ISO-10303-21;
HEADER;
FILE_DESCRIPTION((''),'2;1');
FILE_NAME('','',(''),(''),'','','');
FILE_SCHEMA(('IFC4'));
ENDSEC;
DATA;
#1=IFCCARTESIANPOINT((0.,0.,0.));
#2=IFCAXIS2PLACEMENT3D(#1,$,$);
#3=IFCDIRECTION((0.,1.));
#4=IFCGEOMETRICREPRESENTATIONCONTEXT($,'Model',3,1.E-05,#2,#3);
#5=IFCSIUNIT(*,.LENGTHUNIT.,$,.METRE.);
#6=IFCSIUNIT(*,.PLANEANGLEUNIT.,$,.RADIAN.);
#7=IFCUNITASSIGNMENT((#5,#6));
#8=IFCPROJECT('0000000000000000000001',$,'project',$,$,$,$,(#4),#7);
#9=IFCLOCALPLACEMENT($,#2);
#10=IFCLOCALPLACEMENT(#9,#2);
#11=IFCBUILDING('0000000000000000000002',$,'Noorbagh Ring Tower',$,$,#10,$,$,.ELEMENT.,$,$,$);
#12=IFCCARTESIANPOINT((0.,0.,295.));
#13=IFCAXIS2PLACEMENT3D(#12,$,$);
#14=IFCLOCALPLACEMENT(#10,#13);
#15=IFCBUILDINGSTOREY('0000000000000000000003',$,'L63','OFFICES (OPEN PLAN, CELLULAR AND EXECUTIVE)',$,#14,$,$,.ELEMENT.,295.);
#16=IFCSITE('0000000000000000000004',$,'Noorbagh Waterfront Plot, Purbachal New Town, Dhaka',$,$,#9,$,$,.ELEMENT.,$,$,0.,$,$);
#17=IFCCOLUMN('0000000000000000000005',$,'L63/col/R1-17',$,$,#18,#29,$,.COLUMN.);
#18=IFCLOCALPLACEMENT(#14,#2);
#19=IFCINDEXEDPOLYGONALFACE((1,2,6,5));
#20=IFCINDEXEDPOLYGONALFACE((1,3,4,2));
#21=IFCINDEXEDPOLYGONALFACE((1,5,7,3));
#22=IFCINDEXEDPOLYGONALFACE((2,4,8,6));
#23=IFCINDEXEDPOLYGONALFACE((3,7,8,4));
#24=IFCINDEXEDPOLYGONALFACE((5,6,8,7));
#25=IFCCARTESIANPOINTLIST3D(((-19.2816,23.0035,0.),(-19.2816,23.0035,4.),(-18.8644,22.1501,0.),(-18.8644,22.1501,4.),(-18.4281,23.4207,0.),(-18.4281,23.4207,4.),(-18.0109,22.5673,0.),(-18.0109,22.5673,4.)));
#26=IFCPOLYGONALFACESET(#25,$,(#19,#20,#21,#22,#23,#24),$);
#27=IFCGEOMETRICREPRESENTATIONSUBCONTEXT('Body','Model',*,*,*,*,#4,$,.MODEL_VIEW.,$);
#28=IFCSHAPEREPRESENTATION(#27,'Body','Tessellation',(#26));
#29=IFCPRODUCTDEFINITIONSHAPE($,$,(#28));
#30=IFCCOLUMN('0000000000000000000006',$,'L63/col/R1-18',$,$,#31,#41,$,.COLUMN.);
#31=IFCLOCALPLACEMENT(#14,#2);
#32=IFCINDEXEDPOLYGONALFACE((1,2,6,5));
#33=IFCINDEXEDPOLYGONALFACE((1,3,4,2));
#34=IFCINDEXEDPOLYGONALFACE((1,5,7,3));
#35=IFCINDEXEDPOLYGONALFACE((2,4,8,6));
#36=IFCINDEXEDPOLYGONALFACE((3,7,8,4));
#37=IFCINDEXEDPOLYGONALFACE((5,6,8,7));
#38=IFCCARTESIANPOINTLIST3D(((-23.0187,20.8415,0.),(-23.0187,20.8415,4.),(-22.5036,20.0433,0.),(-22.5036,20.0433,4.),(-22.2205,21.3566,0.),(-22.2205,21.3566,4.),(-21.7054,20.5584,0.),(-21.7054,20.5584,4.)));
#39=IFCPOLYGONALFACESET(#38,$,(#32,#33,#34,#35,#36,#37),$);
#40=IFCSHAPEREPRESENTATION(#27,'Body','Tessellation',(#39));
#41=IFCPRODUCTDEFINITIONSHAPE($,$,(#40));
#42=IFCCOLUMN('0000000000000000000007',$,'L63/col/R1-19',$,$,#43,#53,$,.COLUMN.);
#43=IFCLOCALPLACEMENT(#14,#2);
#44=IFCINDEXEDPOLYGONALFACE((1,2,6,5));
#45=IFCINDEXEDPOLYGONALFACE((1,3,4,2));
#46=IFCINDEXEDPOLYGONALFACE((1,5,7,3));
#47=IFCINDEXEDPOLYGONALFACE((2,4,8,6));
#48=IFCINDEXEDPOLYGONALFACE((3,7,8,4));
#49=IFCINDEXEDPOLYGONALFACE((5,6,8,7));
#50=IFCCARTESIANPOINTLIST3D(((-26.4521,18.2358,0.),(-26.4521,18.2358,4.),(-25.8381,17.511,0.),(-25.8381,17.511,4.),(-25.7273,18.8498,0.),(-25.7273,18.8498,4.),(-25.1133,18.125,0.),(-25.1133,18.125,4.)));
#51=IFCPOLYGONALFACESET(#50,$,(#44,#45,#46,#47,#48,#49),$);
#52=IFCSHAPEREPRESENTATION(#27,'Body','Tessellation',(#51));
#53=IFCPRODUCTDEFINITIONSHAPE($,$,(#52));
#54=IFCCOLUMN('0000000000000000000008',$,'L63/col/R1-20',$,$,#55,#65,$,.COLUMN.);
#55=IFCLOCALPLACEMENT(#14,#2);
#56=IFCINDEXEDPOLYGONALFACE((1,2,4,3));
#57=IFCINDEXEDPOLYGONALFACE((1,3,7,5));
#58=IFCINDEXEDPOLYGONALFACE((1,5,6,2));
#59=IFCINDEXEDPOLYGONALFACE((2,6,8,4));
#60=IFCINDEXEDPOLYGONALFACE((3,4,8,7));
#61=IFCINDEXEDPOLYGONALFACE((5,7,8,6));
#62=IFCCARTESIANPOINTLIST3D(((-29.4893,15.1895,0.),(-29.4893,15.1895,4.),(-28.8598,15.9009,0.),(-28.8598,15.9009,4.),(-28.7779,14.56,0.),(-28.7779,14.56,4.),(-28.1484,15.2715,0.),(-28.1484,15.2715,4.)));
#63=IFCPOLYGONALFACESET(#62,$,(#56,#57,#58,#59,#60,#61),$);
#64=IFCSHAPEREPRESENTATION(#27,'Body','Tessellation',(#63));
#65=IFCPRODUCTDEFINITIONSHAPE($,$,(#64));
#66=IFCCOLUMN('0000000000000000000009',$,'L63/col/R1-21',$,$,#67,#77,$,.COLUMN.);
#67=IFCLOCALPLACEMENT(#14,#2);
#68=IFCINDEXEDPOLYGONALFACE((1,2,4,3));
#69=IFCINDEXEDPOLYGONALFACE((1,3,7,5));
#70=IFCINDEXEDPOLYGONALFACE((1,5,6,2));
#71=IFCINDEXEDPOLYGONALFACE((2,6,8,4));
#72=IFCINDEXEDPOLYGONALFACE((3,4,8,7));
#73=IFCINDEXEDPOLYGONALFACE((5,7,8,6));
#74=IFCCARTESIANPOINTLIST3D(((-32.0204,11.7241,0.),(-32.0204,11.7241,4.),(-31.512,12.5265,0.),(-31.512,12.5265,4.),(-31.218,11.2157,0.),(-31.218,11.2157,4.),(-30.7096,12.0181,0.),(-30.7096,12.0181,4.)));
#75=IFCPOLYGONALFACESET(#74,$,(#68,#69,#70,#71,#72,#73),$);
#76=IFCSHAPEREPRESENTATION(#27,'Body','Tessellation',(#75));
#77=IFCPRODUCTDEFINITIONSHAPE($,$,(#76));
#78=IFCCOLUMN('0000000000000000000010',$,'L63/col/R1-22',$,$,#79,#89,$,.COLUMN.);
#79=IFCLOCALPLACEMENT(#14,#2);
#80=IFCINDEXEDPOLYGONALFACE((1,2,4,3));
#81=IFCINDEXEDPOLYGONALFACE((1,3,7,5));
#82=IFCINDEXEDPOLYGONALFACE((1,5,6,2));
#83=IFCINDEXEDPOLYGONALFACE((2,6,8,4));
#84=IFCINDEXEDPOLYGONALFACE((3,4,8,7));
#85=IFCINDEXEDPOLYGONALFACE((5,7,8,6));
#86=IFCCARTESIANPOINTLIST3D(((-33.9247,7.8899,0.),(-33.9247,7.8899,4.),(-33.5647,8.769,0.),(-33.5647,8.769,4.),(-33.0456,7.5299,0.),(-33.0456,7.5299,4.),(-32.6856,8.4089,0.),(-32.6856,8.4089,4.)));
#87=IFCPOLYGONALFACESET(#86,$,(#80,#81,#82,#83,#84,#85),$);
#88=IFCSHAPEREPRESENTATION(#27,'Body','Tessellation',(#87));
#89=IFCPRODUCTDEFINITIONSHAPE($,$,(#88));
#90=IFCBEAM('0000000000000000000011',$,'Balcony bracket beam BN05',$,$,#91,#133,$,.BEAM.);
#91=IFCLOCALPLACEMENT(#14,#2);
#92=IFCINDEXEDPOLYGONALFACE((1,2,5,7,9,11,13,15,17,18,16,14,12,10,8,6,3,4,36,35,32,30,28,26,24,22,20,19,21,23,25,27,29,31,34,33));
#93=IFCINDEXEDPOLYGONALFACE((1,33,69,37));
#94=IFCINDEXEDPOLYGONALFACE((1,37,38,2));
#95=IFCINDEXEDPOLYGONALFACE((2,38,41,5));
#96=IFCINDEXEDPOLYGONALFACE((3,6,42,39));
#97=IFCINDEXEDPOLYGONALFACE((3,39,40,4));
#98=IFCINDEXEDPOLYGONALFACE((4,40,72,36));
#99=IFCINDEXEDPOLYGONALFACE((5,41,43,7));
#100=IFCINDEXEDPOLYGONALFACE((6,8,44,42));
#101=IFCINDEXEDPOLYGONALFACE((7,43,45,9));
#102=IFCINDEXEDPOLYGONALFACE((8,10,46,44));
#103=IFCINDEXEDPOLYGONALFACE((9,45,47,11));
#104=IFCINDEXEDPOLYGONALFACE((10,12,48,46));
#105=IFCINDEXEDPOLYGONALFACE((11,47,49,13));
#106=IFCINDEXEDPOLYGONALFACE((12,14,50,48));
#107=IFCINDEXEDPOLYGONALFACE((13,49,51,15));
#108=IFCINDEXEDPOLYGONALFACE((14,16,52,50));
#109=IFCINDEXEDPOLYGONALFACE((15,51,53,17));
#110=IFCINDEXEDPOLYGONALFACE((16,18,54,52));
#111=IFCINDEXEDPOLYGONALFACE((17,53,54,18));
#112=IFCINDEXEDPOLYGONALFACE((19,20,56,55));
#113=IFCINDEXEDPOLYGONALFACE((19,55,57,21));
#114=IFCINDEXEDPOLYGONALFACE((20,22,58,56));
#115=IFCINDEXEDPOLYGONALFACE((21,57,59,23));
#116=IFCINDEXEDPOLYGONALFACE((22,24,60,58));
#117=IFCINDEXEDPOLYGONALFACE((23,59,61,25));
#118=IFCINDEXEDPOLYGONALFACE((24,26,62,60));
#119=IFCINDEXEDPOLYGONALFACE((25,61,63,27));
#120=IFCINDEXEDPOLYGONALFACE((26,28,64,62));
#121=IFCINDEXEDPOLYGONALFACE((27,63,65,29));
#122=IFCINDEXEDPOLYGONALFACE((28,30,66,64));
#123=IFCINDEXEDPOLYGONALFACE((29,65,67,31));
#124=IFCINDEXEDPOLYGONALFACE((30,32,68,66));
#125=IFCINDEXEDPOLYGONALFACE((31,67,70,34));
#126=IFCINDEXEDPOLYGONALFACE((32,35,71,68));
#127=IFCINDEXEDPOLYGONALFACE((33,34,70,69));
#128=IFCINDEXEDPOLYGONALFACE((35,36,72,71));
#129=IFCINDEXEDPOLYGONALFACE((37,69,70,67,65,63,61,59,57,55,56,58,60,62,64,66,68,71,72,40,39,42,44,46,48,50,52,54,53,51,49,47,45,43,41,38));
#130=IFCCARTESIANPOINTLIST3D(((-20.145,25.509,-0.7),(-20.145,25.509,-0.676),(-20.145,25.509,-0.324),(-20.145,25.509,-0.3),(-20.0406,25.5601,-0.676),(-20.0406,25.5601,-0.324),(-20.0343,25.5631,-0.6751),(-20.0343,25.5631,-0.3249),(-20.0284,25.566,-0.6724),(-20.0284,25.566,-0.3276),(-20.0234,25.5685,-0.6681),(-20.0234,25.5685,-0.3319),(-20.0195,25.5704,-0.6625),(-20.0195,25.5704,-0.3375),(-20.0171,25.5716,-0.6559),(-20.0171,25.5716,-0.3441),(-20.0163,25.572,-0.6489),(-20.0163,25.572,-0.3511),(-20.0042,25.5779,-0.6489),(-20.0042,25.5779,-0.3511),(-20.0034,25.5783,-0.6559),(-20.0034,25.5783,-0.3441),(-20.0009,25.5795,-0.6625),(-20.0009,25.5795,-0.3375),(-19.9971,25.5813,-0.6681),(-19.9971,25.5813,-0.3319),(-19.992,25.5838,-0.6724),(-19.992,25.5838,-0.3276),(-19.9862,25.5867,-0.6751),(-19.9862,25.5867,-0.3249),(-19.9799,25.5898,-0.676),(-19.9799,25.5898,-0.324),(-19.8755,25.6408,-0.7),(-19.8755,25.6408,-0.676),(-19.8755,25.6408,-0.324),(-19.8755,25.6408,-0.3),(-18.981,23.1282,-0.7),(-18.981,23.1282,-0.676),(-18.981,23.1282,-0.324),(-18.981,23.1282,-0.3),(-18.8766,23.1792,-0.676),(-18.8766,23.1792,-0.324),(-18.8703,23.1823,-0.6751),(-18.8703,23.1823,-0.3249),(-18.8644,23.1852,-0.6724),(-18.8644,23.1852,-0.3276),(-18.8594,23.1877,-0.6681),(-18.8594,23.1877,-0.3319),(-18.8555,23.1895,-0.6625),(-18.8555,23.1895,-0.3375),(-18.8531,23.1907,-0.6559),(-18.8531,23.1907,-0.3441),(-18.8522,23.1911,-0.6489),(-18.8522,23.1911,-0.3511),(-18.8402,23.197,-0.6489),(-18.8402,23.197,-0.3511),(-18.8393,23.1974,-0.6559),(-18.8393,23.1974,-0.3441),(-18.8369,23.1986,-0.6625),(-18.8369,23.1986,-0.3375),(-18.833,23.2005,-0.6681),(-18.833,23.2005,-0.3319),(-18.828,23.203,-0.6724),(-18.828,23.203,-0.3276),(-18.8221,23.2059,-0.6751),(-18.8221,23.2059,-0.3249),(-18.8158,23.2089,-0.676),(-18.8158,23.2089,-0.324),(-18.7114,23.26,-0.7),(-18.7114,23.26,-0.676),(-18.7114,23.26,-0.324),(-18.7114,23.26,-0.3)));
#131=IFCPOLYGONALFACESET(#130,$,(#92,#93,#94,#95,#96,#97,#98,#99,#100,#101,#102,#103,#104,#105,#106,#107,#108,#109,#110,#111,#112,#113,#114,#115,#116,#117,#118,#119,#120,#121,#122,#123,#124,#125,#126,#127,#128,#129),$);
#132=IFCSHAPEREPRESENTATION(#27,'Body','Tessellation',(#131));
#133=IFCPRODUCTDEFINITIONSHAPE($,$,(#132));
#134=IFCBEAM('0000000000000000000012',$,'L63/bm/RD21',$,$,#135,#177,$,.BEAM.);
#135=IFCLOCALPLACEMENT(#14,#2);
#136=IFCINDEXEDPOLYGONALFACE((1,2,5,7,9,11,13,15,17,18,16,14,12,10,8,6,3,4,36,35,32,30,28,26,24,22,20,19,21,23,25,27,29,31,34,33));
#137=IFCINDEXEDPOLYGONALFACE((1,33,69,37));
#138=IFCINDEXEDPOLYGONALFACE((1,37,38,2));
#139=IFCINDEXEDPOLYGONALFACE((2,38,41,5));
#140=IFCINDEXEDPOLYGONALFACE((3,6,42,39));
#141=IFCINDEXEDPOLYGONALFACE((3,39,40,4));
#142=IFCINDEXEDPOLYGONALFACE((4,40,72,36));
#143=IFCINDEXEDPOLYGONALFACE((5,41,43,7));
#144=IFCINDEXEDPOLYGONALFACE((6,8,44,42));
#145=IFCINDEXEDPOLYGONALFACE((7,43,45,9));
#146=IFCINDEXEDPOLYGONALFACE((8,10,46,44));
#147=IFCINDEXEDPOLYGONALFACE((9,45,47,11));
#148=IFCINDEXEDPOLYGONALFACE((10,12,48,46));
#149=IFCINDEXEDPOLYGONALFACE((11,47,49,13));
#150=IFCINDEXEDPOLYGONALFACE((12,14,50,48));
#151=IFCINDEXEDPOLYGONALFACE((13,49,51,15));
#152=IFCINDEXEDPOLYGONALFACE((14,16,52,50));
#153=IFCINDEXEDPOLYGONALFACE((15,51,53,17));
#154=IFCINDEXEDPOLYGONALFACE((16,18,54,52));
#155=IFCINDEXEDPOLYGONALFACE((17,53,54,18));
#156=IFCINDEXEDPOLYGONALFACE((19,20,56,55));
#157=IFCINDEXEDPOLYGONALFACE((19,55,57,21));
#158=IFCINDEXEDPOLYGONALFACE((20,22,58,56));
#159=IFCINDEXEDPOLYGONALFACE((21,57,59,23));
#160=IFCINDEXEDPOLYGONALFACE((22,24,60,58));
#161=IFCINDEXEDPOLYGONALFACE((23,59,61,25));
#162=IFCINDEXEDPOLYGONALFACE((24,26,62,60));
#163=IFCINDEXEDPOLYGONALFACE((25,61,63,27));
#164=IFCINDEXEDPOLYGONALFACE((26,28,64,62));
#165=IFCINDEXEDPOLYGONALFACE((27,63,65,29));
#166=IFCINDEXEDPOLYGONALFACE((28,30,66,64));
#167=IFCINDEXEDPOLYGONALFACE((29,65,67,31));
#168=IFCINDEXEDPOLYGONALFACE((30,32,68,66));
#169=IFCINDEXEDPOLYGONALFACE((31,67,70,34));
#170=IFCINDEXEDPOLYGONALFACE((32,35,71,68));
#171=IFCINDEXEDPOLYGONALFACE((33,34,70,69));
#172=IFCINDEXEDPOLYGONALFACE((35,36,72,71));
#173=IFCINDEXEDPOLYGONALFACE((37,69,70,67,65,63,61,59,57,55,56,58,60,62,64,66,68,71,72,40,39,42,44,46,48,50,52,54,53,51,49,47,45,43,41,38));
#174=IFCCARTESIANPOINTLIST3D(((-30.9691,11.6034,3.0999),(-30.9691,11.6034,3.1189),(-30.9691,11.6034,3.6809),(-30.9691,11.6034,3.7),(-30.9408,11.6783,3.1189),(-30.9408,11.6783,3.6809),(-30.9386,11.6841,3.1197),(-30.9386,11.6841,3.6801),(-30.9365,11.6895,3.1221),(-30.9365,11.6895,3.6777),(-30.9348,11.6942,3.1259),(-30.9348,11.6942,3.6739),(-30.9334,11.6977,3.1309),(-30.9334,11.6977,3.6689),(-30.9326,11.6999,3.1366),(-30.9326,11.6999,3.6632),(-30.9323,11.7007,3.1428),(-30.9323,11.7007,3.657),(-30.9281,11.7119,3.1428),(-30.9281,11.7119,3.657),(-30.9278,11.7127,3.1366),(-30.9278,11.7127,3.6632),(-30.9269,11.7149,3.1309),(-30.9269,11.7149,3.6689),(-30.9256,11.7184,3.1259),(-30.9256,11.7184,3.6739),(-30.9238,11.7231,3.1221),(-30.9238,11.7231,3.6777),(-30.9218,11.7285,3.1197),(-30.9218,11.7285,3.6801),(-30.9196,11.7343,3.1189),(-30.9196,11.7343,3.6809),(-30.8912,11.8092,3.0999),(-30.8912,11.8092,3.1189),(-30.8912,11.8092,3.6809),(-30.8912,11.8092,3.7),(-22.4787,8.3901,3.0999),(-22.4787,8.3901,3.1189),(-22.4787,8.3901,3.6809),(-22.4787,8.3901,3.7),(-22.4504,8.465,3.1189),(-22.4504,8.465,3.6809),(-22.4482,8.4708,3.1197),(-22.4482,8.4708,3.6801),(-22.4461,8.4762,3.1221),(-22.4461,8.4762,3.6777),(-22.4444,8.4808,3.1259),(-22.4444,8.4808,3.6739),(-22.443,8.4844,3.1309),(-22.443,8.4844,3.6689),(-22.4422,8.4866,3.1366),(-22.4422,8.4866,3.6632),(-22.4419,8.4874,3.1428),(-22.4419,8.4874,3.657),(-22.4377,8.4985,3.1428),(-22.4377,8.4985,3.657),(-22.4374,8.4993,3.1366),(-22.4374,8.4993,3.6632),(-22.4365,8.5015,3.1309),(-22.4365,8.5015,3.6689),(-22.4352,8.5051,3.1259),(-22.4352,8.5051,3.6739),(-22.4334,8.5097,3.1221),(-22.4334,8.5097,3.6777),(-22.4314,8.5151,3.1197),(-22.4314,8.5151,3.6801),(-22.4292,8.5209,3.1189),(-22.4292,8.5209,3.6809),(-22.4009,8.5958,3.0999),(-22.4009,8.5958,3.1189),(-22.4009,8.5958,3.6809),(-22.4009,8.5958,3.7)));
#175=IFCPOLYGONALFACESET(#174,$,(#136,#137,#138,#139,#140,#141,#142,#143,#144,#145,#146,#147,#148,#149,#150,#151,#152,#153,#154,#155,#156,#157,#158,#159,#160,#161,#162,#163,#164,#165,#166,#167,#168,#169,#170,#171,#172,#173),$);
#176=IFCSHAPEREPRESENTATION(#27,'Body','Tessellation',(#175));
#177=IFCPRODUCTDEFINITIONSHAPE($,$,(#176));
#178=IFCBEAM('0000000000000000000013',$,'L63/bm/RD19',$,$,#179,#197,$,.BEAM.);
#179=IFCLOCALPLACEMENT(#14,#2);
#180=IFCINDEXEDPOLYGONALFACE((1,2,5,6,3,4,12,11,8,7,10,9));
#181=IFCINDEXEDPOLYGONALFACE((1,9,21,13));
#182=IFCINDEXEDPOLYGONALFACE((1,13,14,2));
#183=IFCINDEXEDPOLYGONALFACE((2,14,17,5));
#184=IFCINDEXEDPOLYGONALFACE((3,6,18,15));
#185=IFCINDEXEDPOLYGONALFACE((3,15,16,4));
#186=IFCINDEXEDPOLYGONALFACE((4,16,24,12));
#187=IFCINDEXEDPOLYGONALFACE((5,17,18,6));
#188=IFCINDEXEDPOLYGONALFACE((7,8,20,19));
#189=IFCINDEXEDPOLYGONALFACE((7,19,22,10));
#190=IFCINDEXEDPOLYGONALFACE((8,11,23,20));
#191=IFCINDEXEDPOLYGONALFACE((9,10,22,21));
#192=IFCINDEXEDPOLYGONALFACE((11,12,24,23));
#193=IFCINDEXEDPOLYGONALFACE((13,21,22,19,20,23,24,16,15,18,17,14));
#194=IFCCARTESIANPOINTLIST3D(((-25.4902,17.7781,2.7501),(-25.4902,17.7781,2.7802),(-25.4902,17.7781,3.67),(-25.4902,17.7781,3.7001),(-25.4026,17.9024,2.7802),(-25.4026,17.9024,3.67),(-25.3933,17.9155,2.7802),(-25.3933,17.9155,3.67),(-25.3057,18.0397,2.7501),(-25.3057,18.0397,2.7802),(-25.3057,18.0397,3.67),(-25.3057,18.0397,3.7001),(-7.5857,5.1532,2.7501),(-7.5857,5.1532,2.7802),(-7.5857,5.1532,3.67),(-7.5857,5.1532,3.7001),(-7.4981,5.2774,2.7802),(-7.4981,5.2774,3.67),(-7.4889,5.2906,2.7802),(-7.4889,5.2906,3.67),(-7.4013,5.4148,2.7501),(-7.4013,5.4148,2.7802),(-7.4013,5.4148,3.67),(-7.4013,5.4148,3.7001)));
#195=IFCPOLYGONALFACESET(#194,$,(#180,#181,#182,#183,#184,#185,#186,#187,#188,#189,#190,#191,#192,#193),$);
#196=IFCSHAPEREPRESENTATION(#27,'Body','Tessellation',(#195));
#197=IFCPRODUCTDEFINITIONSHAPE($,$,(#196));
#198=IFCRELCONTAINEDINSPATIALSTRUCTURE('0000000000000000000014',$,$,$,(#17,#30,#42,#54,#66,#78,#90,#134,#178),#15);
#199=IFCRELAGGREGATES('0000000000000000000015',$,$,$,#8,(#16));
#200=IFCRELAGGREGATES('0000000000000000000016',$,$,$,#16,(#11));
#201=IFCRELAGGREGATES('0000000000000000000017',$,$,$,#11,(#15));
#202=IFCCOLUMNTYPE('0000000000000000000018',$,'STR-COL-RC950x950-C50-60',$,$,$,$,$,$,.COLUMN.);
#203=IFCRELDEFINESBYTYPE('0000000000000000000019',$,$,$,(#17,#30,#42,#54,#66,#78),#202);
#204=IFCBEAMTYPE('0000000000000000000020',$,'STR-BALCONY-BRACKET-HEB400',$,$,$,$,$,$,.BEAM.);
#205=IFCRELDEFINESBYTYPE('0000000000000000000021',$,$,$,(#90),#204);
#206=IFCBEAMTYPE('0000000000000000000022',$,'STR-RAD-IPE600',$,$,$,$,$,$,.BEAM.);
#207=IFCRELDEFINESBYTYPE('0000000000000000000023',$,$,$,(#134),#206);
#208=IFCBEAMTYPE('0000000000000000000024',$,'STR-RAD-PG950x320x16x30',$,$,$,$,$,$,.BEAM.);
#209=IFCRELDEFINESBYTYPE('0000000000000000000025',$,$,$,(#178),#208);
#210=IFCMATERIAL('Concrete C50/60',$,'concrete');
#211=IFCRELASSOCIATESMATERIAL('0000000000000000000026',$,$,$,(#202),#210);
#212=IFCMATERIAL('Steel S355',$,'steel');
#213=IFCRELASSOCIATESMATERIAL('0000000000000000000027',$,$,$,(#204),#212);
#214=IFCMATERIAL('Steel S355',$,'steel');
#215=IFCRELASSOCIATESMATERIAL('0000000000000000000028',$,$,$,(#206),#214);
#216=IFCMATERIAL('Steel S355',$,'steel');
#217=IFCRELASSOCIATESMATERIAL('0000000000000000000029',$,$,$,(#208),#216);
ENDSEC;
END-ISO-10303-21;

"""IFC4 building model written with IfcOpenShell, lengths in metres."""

from ifc_helpers import new_model, si_unit, direction, frame, origin, origin_2d, place, context, subcontext, project, spatial, rectangle, i_section, extrude, material, material_profile, profile_set, type_object, element, save


model = new_model("IFC4")

# Units and contexts
model_context = context("Model", 3, precision=1e-05, world=origin(), true_north=direction((0.0, 1.0)))
body_context = subcontext(model_context, "Body", "Model", "MODEL_VIEW")
ifc_project = project(units=[si_unit("LENGTHUNIT", "METRE"), si_unit("PLANEANGLEUNIT", "RADIAN")], contexts=[model_context])

# Site, building, storey
site_placement = place(None, origin())
site = spatial("IfcSite", under=ifc_project, at=site_placement, Name="Noorbagh Waterfront Plot, Purbachal New Town, Dhaka", CompositionType="ELEMENT", RefElevation=0.0)
building_placement = place(site_placement, origin())
building = spatial("IfcBuilding", under=site, at=building_placement, Name="Noorbagh Ring Tower", CompositionType="ELEMENT")
storey_placement = place(building_placement, frame((0.0, 0.0, 295.0)))
storey = spatial("IfcBuildingStorey", under=building, at=storey_placement, Name="L63", Description="OFFICES (OPEN PLAN, CELLULAR AND EXECUTIVE)", CompositionType="ELEMENT", Elevation=295.0)

# Columns
ifc_material_1 = material(Name="Concrete C50/60", Category="concrete")
ifc_material_profile_1 = material_profile(ifc_material_1, rectangle(XDim=0.95, YDim=0.95, at=origin_2d()), Name="RC950x950")
ifc_profile_set_1 = profile_set([ifc_material_profile_1], Name="Concrete C50/60")
column_type = type_object("IfcColumnType", Name="STR-COL-RC950x950-C50-60", PredefinedType="COLUMN", material=ifc_profile_set_1)
for number, where, z_axis, x_axis, name in (
    (1, (-18.6462, 22.7854, 0.0), (0.0, 0.0, 1.0), (-0.898399, -0.43918, 0.0), "L63/col/R1-17"),
    (2, (-22.3621, 20.7, 0.0), (0.0, 0.0, 1.0), (-0.840248, -0.542203, 0.0), "L63/col/R1-18"),
    (3, (-25.7827, 18.1804, 0.0), (0.0, 0.0, 1.0), (-0.763035, -0.646357, 0.0), "L63/col/R1-19"),
    (4, (-28.8188, 15.2305, 0.0), (0.0, 0.0, 1.0), (-0.662636, -0.748942, 0.0), "L63/col/R1-20"),
    (5, (-31.365, 11.8711, 0.0), (0.0, 0.0, 1.0), (-0.53519, -0.844731, 0.0), "L63/col/R1-21"),
    (6, (-33.3052, 8.1494, 0.0), (0.0, 0.0, 1.0), (-0.378989, -0.925401, 0.0), "L63/col/R1-22"),
):
    element("IfcColumn", number, at=place(storey_placement, frame(where, z_axis=z_axis, x_axis=x_axis)), inside=storey, type_object=column_type, Name=name, PredefinedType="COLUMN", context=body_context, shape_type="SweptSolid", body=[
        extrude(rectangle(XDim=0.95, YDim=0.95, at=origin_2d()), origin(), (0.0, 0.0, 1.0), 4.0),
    ])

# Beams
ifc_material_2 = material(Name="Steel S355", Category="steel")
ifc_material_profile_2 = material_profile(ifc_material_2, i_section(OverallWidth=0.3, OverallDepth=0.3999, WebThickness=0.0134, FlangeThickness=0.0239, FilletRadius=0.0271, at=origin_2d()), Name="HEB400")
ifc_profile_set_2 = profile_set([ifc_material_profile_2], Name="Steel S355")
beam_type_1 = type_object("IfcBeamType", Name="STR-BALCONY-BRACKET-HEB400", PredefinedType="BEAM", material=ifc_profile_set_2)
beam_1_placement = place(storey_placement, frame((-18.8462, 23.1941, -0.5), z_axis=(-0.439237, 0.898371, 0.0), x_axis=(-0.898371, -0.439237, 0.0)))
element("IfcBeam", 7, at=beam_1_placement, inside=storey, type_object=beam_type_1, Name="Balcony bracket beam BN05", PredefinedType="BEAM", context=body_context, shape_type="SweptSolid", body=[
    extrude(i_section(OverallWidth=0.3, OverallDepth=0.3999, WebThickness=0.0134, FlangeThickness=0.0239, FilletRadius=0.0271, at=origin_2d()), origin(), (0.0, 0.0, 1.0), 2.6501),
])
ifc_material_3 = material(Name="Steel S355", Category="steel")
ifc_material_profile_3 = material_profile(ifc_material_3, i_section(OverallWidth=0.22, OverallDepth=0.6001, WebThickness=0.012, FlangeThickness=0.019, FilletRadius=0.0239, at=origin_2d()), Name="IPE600")
ifc_profile_set_3 = profile_set([ifc_material_profile_3], Name="Steel S355")
beam_type_2 = type_object("IfcBeamType", Name="STR-RAD-IPE600", PredefinedType="BEAM", material=ifc_profile_set_3)
beam_2_placement = place(storey_placement, frame((-30.9302, 11.7063, 3.3999), z_axis=(0.935258, -0.353966, 0.0), x_axis=(0.353966, 0.935258, 0.0)))
element("IfcBeam", 8, at=beam_2_placement, inside=storey, type_object=beam_type_2, Name="L63/bm/RD21", PredefinedType="BEAM", context=body_context, shape_type="SweptSolid", body=[
    extrude(i_section(OverallWidth=0.22, OverallDepth=0.6001, WebThickness=0.012, FlangeThickness=0.019, FilletRadius=0.0239, at=origin_2d()), origin(), (0.0, 0.0, 1.0), 9.0781),
])
ifc_material_4 = material(Name="Steel S355", Category="steel")
ifc_material_profile_4 = material_profile(ifc_material_4, i_section(OverallWidth=0.3201, OverallDepth=0.95, WebThickness=0.0161, FlangeThickness=0.03, at=origin_2d()), Name="PG950x320x16x30")
ifc_profile_set_4 = profile_set([ifc_material_profile_4], Name="Steel S355")
beam_type_3 = type_object("IfcBeamType", Name="STR-RAD-PG950x320x16x30", PredefinedType="BEAM", material=ifc_profile_set_4)
beam_3_placement = place(storey_placement, frame((-25.3979, 17.9089, 3.2251), z_axis=(0.817258, -0.576272, 0.0), x_axis=(0.576272, 0.817258, 0.0)))
element("IfcBeam", 9, at=beam_3_placement, inside=storey, type_object=beam_type_3, Name="L63/bm/RD19", PredefinedType="BEAM", context=body_context, shape_type="SweptSolid", body=[
    extrude(i_section(OverallWidth=0.3201, OverallDepth=0.95, WebThickness=0.0161, FlangeThickness=0.03, at=origin_2d()), origin(), (0.0, 0.0, 1.0), 21.908),
])

save(model, "model.ifc")
